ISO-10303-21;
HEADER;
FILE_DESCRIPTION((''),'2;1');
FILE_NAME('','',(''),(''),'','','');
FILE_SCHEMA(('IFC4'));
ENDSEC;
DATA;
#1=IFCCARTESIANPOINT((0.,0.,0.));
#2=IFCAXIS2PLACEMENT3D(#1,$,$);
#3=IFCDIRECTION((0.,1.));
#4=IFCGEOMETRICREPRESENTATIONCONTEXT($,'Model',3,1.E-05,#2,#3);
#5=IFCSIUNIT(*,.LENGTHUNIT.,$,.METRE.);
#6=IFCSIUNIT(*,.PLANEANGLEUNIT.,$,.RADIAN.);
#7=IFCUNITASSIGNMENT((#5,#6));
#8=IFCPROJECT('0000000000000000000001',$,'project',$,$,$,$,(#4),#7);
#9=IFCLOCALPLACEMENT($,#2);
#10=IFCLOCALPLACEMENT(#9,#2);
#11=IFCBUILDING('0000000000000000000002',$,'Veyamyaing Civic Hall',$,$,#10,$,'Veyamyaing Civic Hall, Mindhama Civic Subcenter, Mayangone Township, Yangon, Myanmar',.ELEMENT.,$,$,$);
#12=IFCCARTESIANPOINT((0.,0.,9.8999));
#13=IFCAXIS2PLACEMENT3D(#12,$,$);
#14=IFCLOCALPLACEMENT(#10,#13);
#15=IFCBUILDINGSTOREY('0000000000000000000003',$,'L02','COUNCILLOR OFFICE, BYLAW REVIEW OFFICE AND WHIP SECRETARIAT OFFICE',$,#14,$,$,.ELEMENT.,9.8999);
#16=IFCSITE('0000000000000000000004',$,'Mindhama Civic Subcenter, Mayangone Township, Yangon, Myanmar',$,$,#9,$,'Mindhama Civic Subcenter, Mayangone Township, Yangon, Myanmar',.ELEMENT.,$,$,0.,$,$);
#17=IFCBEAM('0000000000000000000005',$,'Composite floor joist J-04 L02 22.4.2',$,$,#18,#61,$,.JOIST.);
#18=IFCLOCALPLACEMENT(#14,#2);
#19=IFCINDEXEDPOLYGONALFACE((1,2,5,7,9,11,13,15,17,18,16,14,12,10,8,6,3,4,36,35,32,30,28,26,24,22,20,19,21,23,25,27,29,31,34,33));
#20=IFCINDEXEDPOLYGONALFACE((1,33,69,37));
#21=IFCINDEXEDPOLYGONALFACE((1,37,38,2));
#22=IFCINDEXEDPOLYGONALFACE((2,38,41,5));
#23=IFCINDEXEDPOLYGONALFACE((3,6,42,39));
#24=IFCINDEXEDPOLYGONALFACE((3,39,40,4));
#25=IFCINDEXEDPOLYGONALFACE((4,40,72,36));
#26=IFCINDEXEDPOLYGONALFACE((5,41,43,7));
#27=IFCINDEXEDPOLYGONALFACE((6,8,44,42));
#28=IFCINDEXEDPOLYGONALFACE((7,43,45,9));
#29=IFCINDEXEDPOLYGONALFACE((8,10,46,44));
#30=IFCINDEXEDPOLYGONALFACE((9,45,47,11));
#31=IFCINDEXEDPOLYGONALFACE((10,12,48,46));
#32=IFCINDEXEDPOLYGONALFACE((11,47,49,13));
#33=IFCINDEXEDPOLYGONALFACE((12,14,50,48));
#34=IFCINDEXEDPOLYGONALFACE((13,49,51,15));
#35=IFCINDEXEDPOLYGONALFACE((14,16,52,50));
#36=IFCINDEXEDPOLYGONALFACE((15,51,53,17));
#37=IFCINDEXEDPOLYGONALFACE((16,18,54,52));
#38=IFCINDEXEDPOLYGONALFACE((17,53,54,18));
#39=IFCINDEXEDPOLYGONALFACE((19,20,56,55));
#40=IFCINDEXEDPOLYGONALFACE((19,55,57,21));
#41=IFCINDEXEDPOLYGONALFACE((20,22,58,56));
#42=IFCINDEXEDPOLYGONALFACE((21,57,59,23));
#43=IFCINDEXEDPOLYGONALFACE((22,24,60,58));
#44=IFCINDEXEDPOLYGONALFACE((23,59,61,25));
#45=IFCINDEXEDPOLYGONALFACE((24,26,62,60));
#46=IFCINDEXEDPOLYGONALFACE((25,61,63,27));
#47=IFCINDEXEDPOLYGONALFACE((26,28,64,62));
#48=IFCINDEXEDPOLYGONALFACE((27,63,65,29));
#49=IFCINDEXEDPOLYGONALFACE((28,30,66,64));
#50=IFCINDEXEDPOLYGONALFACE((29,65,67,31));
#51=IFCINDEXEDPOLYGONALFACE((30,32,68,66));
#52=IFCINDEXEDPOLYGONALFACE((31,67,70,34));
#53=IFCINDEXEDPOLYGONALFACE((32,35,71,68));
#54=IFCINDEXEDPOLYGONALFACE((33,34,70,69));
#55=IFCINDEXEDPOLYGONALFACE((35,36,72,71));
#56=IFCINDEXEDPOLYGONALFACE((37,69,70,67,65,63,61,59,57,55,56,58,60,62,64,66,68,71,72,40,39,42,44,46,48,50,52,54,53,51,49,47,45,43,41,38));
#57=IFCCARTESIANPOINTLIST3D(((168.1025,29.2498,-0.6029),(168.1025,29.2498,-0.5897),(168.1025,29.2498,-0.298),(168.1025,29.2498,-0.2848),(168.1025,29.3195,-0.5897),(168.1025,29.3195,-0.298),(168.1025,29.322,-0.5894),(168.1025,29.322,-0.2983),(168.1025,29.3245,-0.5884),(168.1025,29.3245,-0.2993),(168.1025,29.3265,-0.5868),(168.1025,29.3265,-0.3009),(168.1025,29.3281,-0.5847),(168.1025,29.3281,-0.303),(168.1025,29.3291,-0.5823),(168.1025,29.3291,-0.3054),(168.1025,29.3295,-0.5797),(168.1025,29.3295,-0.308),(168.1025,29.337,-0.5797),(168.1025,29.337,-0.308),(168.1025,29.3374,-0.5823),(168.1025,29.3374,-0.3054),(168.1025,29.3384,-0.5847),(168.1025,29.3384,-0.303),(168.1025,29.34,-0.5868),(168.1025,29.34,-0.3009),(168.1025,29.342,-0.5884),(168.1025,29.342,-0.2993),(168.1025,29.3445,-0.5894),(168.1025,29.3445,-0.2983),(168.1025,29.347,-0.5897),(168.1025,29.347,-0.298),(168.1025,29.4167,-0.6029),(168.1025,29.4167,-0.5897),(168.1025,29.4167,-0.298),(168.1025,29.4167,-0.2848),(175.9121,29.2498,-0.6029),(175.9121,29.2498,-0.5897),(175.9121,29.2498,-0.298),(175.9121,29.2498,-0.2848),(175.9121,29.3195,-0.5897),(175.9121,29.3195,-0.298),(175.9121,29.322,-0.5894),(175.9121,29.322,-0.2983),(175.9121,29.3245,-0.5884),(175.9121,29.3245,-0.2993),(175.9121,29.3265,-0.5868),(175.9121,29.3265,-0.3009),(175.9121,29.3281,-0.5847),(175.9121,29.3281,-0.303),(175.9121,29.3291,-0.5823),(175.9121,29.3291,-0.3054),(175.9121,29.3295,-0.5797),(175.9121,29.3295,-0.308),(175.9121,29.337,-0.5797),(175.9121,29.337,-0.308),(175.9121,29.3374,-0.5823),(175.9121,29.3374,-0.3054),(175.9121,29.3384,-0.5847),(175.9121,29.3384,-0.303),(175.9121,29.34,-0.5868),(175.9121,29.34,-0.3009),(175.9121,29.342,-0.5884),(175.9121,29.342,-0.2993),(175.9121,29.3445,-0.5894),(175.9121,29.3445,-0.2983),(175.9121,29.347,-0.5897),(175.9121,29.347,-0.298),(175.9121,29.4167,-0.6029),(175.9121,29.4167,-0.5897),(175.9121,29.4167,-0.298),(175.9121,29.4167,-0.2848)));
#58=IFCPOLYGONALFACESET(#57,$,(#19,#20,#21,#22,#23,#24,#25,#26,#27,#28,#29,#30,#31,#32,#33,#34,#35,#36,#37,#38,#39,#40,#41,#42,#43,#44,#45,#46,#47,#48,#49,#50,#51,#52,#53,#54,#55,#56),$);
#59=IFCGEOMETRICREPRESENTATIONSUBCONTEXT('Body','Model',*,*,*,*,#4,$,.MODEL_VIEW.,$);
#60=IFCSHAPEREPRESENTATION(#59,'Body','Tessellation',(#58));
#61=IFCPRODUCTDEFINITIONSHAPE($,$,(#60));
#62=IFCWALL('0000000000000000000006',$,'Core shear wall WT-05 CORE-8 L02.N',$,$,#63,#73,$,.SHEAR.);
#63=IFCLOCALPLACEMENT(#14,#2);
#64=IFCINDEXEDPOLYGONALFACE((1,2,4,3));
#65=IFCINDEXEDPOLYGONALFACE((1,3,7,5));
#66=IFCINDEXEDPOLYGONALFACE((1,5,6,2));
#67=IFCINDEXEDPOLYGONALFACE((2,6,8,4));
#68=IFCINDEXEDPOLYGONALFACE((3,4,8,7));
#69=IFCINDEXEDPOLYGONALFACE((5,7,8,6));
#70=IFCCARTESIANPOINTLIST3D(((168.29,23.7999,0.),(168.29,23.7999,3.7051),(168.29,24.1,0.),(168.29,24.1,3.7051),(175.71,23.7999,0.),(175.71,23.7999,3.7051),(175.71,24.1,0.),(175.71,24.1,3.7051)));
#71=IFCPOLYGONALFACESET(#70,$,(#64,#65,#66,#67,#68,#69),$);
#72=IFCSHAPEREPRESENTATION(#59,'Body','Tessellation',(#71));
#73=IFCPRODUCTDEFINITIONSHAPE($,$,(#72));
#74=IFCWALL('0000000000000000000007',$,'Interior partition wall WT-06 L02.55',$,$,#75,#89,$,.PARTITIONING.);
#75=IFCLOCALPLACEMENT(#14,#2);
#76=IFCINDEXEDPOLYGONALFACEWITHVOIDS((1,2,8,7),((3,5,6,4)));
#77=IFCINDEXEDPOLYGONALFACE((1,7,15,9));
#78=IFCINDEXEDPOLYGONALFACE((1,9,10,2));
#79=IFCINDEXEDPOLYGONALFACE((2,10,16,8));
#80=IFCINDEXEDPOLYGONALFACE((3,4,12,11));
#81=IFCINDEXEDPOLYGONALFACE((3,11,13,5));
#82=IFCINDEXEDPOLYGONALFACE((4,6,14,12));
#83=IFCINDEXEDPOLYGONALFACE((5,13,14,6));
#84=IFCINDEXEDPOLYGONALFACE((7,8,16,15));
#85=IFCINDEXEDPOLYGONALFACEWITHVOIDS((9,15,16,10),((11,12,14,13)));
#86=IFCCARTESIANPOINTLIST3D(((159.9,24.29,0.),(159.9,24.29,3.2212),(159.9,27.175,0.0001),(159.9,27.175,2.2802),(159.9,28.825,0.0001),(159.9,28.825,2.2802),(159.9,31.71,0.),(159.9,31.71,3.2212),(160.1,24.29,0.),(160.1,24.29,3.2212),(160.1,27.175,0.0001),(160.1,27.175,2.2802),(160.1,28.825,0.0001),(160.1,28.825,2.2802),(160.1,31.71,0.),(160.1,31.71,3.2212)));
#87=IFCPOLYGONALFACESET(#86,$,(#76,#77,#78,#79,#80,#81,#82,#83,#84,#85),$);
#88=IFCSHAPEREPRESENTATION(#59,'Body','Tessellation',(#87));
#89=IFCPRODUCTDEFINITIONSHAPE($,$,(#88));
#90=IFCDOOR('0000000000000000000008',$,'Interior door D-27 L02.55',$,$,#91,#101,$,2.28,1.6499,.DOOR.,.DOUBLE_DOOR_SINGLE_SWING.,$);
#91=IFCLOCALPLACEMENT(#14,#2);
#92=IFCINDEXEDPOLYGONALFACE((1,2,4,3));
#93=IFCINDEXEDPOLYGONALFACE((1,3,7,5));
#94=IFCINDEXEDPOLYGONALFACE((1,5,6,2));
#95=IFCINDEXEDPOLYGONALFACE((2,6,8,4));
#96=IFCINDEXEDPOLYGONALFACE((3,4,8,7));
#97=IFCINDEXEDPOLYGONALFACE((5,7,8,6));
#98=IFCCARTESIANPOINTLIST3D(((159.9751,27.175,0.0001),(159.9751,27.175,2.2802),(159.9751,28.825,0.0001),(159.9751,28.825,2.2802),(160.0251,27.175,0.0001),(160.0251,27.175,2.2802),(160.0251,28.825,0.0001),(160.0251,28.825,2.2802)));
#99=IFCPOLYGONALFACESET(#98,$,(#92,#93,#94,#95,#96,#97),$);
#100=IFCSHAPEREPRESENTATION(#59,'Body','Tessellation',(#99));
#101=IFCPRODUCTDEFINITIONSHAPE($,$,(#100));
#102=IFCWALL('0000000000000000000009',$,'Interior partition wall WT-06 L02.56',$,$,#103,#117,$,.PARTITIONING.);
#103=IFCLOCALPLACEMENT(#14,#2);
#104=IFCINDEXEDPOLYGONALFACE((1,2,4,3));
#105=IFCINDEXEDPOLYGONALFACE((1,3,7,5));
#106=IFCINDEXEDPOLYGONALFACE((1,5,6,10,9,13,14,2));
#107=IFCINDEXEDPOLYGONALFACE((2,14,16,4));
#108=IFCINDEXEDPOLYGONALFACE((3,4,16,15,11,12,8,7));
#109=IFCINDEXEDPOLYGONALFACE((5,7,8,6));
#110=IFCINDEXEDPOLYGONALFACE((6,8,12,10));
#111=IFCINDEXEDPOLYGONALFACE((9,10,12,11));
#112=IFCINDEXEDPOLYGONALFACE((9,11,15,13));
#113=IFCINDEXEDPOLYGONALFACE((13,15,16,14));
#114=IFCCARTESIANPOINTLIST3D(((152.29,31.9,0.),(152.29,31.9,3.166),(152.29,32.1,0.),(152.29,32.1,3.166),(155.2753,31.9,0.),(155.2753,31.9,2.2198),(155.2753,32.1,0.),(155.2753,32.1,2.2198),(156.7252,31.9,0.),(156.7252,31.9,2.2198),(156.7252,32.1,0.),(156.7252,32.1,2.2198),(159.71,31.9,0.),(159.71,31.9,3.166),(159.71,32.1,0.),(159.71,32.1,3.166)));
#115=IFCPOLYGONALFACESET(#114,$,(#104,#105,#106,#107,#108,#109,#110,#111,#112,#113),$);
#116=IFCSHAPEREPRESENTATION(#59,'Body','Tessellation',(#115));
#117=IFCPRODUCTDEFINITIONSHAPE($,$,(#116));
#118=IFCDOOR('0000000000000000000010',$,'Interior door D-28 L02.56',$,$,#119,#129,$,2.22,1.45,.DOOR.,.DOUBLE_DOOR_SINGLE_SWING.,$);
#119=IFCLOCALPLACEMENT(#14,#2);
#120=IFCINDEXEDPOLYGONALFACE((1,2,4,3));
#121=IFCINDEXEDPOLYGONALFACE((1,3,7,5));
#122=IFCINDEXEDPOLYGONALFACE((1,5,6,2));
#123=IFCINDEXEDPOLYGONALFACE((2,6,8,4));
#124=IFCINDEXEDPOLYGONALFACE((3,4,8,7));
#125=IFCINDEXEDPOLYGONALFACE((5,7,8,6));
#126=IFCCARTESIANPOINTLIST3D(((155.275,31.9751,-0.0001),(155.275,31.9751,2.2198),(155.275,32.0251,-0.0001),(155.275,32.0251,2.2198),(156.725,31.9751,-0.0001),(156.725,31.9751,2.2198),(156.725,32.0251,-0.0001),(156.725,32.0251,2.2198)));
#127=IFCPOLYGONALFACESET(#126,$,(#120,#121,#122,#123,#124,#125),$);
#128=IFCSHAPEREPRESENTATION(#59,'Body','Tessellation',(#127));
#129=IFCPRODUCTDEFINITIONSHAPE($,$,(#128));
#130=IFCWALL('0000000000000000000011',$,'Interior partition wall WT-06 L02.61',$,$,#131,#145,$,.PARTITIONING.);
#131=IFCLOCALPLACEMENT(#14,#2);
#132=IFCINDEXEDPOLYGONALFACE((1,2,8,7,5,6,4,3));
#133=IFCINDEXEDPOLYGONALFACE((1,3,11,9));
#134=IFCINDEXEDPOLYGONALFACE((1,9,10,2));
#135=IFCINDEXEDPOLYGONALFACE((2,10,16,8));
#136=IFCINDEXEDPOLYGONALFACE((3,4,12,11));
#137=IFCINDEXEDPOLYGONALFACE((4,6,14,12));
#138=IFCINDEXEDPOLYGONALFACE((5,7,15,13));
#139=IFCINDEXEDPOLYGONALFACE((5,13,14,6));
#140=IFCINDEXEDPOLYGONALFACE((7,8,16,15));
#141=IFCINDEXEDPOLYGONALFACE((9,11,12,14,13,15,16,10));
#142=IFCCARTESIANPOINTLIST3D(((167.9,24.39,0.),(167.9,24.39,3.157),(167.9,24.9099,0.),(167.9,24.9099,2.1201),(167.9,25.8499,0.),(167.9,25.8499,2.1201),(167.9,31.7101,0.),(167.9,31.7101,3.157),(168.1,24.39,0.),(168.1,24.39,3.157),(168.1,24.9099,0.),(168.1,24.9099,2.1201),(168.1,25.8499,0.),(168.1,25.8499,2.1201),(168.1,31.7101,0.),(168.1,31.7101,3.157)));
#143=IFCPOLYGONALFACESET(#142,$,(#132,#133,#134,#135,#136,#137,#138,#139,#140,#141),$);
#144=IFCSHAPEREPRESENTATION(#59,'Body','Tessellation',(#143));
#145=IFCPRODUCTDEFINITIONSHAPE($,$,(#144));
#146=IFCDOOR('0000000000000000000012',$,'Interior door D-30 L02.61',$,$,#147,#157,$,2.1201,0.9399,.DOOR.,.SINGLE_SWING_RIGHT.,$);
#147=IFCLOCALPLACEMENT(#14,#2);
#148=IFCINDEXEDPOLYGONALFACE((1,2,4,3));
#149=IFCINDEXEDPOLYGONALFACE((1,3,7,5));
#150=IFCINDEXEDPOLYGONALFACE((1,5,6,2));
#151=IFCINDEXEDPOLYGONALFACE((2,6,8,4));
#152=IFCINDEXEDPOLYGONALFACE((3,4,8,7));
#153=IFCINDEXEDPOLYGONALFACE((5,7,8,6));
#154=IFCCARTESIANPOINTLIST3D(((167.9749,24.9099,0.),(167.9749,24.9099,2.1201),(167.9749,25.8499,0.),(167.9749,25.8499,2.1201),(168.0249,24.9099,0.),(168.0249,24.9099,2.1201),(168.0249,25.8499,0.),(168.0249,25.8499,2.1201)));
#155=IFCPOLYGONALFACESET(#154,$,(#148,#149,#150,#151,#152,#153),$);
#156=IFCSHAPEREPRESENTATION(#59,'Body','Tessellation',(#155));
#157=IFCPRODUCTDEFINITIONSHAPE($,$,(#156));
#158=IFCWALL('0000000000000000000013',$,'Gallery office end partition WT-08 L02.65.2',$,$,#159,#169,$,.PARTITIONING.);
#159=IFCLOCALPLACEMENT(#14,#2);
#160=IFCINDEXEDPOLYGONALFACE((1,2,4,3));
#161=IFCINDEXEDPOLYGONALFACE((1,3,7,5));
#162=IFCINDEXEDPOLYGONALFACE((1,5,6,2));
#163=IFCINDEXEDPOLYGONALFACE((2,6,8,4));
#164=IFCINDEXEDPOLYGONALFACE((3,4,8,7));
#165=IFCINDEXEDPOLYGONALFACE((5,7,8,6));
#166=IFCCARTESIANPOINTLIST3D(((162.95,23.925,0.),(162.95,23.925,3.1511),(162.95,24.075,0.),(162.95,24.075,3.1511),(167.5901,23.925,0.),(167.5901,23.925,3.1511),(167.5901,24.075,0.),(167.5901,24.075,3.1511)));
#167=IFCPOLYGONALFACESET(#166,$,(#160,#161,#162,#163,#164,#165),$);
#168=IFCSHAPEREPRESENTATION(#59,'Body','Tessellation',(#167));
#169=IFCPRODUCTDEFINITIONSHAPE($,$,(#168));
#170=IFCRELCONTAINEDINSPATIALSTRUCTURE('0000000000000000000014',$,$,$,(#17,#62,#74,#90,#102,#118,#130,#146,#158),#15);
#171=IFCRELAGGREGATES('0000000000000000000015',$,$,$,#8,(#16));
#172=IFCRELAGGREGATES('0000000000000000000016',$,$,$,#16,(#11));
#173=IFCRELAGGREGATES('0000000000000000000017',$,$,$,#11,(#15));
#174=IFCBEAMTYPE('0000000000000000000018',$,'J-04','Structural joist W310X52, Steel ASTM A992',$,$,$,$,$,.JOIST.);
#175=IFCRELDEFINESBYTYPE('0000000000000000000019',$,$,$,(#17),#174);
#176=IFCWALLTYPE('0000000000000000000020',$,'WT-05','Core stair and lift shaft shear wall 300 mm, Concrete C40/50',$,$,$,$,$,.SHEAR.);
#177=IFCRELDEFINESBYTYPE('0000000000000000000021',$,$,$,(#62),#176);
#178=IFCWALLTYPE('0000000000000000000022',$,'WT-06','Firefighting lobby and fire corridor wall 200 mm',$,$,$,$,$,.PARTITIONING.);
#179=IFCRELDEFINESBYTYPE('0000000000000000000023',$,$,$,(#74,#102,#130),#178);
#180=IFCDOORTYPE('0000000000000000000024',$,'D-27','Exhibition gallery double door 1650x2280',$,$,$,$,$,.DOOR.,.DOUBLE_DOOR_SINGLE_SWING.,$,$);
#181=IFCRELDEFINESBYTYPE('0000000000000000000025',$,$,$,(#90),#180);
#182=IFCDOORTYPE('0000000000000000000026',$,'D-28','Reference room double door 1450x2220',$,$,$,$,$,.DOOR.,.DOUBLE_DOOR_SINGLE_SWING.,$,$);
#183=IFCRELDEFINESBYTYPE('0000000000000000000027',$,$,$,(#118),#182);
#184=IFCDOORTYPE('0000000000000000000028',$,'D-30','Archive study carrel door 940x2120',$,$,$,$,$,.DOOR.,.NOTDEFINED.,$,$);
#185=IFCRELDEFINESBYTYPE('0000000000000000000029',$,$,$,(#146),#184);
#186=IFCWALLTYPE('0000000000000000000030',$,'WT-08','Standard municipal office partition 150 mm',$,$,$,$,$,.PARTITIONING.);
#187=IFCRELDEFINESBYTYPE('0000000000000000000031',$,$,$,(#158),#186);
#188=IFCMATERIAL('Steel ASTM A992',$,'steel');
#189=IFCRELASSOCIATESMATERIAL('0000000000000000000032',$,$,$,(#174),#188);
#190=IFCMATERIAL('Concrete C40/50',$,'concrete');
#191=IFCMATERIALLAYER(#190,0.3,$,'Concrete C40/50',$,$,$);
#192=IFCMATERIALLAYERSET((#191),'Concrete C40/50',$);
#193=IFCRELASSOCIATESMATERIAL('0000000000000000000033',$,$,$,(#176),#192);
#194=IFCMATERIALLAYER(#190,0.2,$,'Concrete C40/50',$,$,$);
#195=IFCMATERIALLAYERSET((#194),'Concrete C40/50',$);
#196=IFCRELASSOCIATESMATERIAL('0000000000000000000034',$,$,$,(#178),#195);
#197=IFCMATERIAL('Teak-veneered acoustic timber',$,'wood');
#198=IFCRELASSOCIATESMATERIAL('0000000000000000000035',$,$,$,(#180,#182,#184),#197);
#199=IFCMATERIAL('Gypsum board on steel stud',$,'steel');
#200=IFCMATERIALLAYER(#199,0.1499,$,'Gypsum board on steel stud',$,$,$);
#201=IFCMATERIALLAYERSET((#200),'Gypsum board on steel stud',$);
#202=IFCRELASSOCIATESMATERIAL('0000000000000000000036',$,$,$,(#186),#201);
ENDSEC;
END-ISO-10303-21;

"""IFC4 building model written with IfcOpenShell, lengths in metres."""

from ifc_helpers import new_model, si_unit, direction, frame, frame_2d, origin, origin_2d, place, context, subcontext, project, spatial, rectangle, i_section, extrude, material, layer, layer_set, material_profile, profile_set, type_object, element, fill, save


model = new_model("IFC4")

# Units and contexts
model_context = context("Model", 3, precision=1e-05, world=origin(), true_north=direction((0.0, 1.0)))
body_context = subcontext(model_context, "Body", "Model", "MODEL_VIEW")
ifc_project = project(units=[si_unit("LENGTHUNIT", "METRE"), si_unit("PLANEANGLEUNIT", "RADIAN")], contexts=[model_context])

# Site, building, storey
site_placement = place(None, origin())
site = spatial("IfcSite", under=ifc_project, at=site_placement, Name="Mindhama Civic Subcenter, Mayangone Township, Yangon, Myanmar", LongName="Mindhama Civic Subcenter, Mayangone Township, Yangon, Myanmar", CompositionType="ELEMENT", RefElevation=0.0)
building_placement = place(site_placement, origin())
building = spatial("IfcBuilding", under=site, at=building_placement, Name="Veyamyaing Civic Hall", LongName="Veyamyaing Civic Hall, Mindhama Civic Subcenter, Mayangone Township, Yangon, Myanmar", CompositionType="ELEMENT")
storey_placement = place(building_placement, frame((0.0, 0.0, 9.8999)))
storey = spatial("IfcBuildingStorey", under=building, at=storey_placement, Name="L02", Description="COUNCILLOR OFFICE, BYLAW REVIEW OFFICE AND WHIP SECRETARIAT OFFICE", CompositionType="ELEMENT", Elevation=9.8999)

# Beam
ifc_material_1 = material(Name="Steel ASTM A992", Category="steel")
ifc_material_profile_1 = material_profile(ifc_material_1, i_section(OverallWidth=0.167, OverallDepth=0.3181, WebThickness=0.0076, FlangeThickness=0.0132, FilletRadius=0.01, at=origin_2d()), Name="W310X52")
ifc_profile_set_1 = profile_set([ifc_material_profile_1], Name="Steel ASTM A992")
beam_type_1 = type_object("IfcBeamType", Name="J-04", Description="Structural joist W310X52, Steel ASTM A992", PredefinedType="JOIST", material=ifc_profile_set_1)
for number, where, z_axis, x_axis, name in (
    (1, (168.1025, 29.3333, -0.4438), (1.0, 0.0, 0.0), (0.0, 1.0, 0.0), "Composite floor joist J-04 L02 22.4.2"),
):
    element("IfcBeam", number, at=place(storey_placement, frame(where, z_axis=z_axis, x_axis=x_axis)), inside=storey, type_object=beam_type_1, Name=name, PredefinedType="JOIST", context=body_context, shape_type="SweptSolid", body=[
        extrude(i_section(OverallWidth=0.167, OverallDepth=0.3181, WebThickness=0.0076, FlangeThickness=0.0132, FilletRadius=0.01, at=origin_2d()), origin(), (0.0, 0.0, 1.0), 7.8096),
    ])

# Wall
ifc_material_2 = material(Name="Concrete C40/50", Category="concrete")
ifc_layer_1 = layer(ifc_material_2, 0.3, Name="Concrete C40/50")
ifc_layer_set_1 = layer_set([ifc_layer_1], Name="Concrete C40/50")
wall_type_1 = type_object("IfcWallType", Name="WT-05", Description="Core stair and lift shaft shear wall 300 mm, Concrete C40/50", PredefinedType="SHEAR", material=ifc_layer_set_1)
wall_1_placement = place(storey_placement, frame((168.29, 23.95, 0.0), z_axis=(0.0, 0.0, 1.0), x_axis=(1.0, 0.0, 0.0)))
element("IfcWall", 2, at=wall_1_placement, inside=storey, type_object=wall_type_1, Name="Core shear wall WT-05 CORE-8 L02.N", PredefinedType="SHEAR", context=body_context, shape_type="SweptSolid", body=[
    extrude(rectangle(XDim=7.4199, YDim=0.3, at=frame_2d((3.71, 0.0))), origin(), (0.0, 0.0, 1.0), 3.7051),
])

# Walls, openings, doors
ifc_layer_2 = layer(ifc_material_2, 0.2, Name="Concrete C40/50")
ifc_layer_set_2 = layer_set([ifc_layer_2], Name="Concrete C40/50")
wall_type_2 = type_object("IfcWallType", Name="WT-06", Description="Firefighting lobby and fire corridor wall 200 mm", PredefinedType="PARTITIONING", material=ifc_layer_set_2)
wall_2_placement = place(storey_placement, frame((160.0, 24.29, 0.0), z_axis=(0.0, 0.0, 1.0), x_axis=(0.0, 1.0, 0.0)))
wall_2 = element("IfcWall", 3, at=wall_2_placement, inside=storey, type_object=wall_type_2, Name="Interior partition wall WT-06 L02.55", PredefinedType="PARTITIONING", context=body_context, shape_type="SweptSolid", body=[
    extrude(rectangle(XDim=7.4199, YDim=0.2, at=frame_2d((3.71, 0.0))), origin(), (0.0, 0.0, 1.0), 3.2212),
])
opening_1_placement = place(wall_2_placement, frame((2.885, 0.0, 0.0)))
opening_1 = element("IfcOpeningElement", 4, at=opening_1_placement, cuts=wall_2, PredefinedType="OPENING", context=body_context, shape_type="SweptSolid", body=[
    extrude(rectangle(XDim=1.6499, YDim=2.28, at=frame_2d((0.825, 1.1401))), frame((0.0, 0.1099, 0.0), z_axis=(0.0, -1.0, 0.0), x_axis=(1.0, 0.0, 0.0)), (0.0, 0.0, 1.0), 0.22),
])
ifc_material_3 = material(Name="Teak-veneered acoustic timber", Category="wood")
door_type_1 = type_object("IfcDoorType", Name="D-27", Description="Exhibition gallery double door 1650x2280", OperationType="DOUBLE_DOOR_SINGLE_SWING", PredefinedType="DOOR", material=ifc_material_3)
door_1_placement = place(opening_1_placement, origin())
door_1 = element("IfcDoor", 5, at=door_1_placement, inside=storey, type_object=door_type_1, Name="Interior door D-27 L02.55", OperationType="DOUBLE_DOOR_SINGLE_SWING", OverallHeight=2.28, OverallWidth=1.6499, PredefinedType="DOOR", context=body_context, shape_type="SweptSolid", body=[
    extrude(rectangle(XDim=1.6499, YDim=2.28, at=frame_2d((0.825, 1.1401))), frame((0.0, 0.0249, 0.0), z_axis=(0.0, -1.0, 0.0), x_axis=(1.0, 0.0, 0.0)), (0.0, 0.0, 1.0), 0.05),
])
fill(opening_1, door_1)
wall_3_placement = place(storey_placement, frame((152.29, 32.0, 0.0), z_axis=(0.0, 0.0, 1.0), x_axis=(1.0, 0.0, 0.0)))
wall_3 = element("IfcWall", 6, at=wall_3_placement, inside=storey, type_object=wall_type_2, Name="Interior partition wall WT-06 L02.56", PredefinedType="PARTITIONING", context=body_context, shape_type="SweptSolid", body=[
    extrude(rectangle(XDim=7.4199, YDim=0.2, at=frame_2d((3.71, 0.0))), origin(), (0.0, 0.0, 1.0), 3.166),
])
opening_2_placement = place(wall_3_placement, frame((2.9851, 0.0, 0.0)))
opening_2 = element("IfcOpeningElement", 7, at=opening_2_placement, cuts=wall_3, PredefinedType="OPENING", context=body_context, shape_type="SweptSolid", body=[
    extrude(rectangle(XDim=1.45, YDim=2.22, at=frame_2d((0.7251, 1.1099))), frame((0.0, 0.1099, 0.0), z_axis=(0.0, -1.0, 0.0), x_axis=(1.0, 0.0, 0.0)), (0.0, 0.0, 1.0), 0.22),
])
door_type_2 = type_object("IfcDoorType", Name="D-28", Description="Reference room double door 1450x2220", OperationType="DOUBLE_DOOR_SINGLE_SWING", PredefinedType="DOOR", material=ifc_material_3)
door_2_placement = place(opening_2_placement, frame((1.45, 0.0, 0.0), z_axis=(0.0, 0.0, 1.0), x_axis=(-1.0, 0.0, 0.0)))
door_2 = element("IfcDoor", 8, at=door_2_placement, inside=storey, type_object=door_type_2, Name="Interior door D-28 L02.56", OperationType="DOUBLE_DOOR_SINGLE_SWING", OverallHeight=2.22, OverallWidth=1.45, PredefinedType="DOOR", context=body_context, shape_type="SweptSolid", body=[
    extrude(rectangle(XDim=1.45, YDim=2.22, at=frame_2d((0.7251, 1.1099))), frame((0.0, 0.0249, 0.0), z_axis=(0.0, -1.0, 0.0), x_axis=(1.0, 0.0, 0.0)), (0.0, 0.0, 1.0), 0.05),
])
fill(opening_2, door_2)
wall_4_placement = place(storey_placement, frame((168.0, 24.3899, 0.0), z_axis=(0.0, 0.0, 1.0), x_axis=(0.0, 1.0, 0.0)))
wall_4 = element("IfcWall", 9, at=wall_4_placement, inside=storey, type_object=wall_type_2, Name="Interior partition wall WT-06 L02.61", PredefinedType="PARTITIONING", context=body_context, shape_type="SweptSolid", body=[
    extrude(rectangle(XDim=7.3201, YDim=0.2, at=frame_2d((3.6602, 0.0))), origin(), (0.0, 0.0, 1.0), 3.157),
])
opening_3_placement = place(wall_4_placement, frame((0.52, 0.0, 0.0)))
opening_3 = element("IfcOpeningElement", 10, at=opening_3_placement, cuts=wall_4, PredefinedType="OPENING", context=body_context, shape_type="SweptSolid", body=[
    extrude(rectangle(XDim=0.9399, YDim=2.1201, at=frame_2d((0.47, 1.0601))), frame((0.0, 0.1099, 0.0), z_axis=(0.0, -1.0, 0.0), x_axis=(1.0, 0.0, 0.0)), (0.0, 0.0, 1.0), 0.22),
])
door_type_3 = type_object("IfcDoorType", Name="D-30", Description="Archive study carrel door 940x2120", OperationType="NOTDEFINED", PredefinedType="DOOR", material=ifc_material_3)
door_3_placement = place(opening_3_placement, frame((0.9399, 0.0, 0.0), z_axis=(0.0, 0.0, 1.0), x_axis=(-1.0, 0.0, 0.0)))
door_3 = element("IfcDoor", 11, at=door_3_placement, inside=storey, type_object=door_type_3, Name="Interior door D-30 L02.61", OperationType="SINGLE_SWING_RIGHT", OverallHeight=2.1201, OverallWidth=0.9399, PredefinedType="DOOR", context=body_context, shape_type="SweptSolid", body=[
    extrude(rectangle(XDim=0.9399, YDim=2.1201, at=frame_2d((0.47, 1.0601))), frame((0.0, 0.0249, 0.0), z_axis=(0.0, -1.0, 0.0), x_axis=(1.0, 0.0, 0.0)), (0.0, 0.0, 1.0), 0.05),
])
fill(opening_3, door_3)

# Wall
ifc_material_4 = material(Name="Gypsum board on steel stud", Category="steel")
ifc_layer_3 = layer(ifc_material_4, 0.1499, Name="Gypsum board on steel stud")
ifc_layer_set_3 = layer_set([ifc_layer_3], Name="Gypsum board on steel stud")
wall_type_3 = type_object("IfcWallType", Name="WT-08", Description="Standard municipal office partition 150 mm", PredefinedType="PARTITIONING", material=ifc_layer_set_3)
wall_5_placement = place(storey_placement, frame((162.95, 24.0, 0.0), z_axis=(0.0, 0.0, 1.0), x_axis=(1.0, 0.0, 0.0)))
element("IfcWall", 12, at=wall_5_placement, inside=storey, type_object=wall_type_3, Name="Gallery office end partition WT-08 L02.65.2", PredefinedType="PARTITIONING", context=body_context, shape_type="SweptSolid", body=[
    extrude(rectangle(XDim=4.6401, YDim=0.1499, at=frame_2d((2.3201, 0.0))), origin(), (0.0, 0.0, 1.0), 3.1511),
])

save(model, "model.ifc")
